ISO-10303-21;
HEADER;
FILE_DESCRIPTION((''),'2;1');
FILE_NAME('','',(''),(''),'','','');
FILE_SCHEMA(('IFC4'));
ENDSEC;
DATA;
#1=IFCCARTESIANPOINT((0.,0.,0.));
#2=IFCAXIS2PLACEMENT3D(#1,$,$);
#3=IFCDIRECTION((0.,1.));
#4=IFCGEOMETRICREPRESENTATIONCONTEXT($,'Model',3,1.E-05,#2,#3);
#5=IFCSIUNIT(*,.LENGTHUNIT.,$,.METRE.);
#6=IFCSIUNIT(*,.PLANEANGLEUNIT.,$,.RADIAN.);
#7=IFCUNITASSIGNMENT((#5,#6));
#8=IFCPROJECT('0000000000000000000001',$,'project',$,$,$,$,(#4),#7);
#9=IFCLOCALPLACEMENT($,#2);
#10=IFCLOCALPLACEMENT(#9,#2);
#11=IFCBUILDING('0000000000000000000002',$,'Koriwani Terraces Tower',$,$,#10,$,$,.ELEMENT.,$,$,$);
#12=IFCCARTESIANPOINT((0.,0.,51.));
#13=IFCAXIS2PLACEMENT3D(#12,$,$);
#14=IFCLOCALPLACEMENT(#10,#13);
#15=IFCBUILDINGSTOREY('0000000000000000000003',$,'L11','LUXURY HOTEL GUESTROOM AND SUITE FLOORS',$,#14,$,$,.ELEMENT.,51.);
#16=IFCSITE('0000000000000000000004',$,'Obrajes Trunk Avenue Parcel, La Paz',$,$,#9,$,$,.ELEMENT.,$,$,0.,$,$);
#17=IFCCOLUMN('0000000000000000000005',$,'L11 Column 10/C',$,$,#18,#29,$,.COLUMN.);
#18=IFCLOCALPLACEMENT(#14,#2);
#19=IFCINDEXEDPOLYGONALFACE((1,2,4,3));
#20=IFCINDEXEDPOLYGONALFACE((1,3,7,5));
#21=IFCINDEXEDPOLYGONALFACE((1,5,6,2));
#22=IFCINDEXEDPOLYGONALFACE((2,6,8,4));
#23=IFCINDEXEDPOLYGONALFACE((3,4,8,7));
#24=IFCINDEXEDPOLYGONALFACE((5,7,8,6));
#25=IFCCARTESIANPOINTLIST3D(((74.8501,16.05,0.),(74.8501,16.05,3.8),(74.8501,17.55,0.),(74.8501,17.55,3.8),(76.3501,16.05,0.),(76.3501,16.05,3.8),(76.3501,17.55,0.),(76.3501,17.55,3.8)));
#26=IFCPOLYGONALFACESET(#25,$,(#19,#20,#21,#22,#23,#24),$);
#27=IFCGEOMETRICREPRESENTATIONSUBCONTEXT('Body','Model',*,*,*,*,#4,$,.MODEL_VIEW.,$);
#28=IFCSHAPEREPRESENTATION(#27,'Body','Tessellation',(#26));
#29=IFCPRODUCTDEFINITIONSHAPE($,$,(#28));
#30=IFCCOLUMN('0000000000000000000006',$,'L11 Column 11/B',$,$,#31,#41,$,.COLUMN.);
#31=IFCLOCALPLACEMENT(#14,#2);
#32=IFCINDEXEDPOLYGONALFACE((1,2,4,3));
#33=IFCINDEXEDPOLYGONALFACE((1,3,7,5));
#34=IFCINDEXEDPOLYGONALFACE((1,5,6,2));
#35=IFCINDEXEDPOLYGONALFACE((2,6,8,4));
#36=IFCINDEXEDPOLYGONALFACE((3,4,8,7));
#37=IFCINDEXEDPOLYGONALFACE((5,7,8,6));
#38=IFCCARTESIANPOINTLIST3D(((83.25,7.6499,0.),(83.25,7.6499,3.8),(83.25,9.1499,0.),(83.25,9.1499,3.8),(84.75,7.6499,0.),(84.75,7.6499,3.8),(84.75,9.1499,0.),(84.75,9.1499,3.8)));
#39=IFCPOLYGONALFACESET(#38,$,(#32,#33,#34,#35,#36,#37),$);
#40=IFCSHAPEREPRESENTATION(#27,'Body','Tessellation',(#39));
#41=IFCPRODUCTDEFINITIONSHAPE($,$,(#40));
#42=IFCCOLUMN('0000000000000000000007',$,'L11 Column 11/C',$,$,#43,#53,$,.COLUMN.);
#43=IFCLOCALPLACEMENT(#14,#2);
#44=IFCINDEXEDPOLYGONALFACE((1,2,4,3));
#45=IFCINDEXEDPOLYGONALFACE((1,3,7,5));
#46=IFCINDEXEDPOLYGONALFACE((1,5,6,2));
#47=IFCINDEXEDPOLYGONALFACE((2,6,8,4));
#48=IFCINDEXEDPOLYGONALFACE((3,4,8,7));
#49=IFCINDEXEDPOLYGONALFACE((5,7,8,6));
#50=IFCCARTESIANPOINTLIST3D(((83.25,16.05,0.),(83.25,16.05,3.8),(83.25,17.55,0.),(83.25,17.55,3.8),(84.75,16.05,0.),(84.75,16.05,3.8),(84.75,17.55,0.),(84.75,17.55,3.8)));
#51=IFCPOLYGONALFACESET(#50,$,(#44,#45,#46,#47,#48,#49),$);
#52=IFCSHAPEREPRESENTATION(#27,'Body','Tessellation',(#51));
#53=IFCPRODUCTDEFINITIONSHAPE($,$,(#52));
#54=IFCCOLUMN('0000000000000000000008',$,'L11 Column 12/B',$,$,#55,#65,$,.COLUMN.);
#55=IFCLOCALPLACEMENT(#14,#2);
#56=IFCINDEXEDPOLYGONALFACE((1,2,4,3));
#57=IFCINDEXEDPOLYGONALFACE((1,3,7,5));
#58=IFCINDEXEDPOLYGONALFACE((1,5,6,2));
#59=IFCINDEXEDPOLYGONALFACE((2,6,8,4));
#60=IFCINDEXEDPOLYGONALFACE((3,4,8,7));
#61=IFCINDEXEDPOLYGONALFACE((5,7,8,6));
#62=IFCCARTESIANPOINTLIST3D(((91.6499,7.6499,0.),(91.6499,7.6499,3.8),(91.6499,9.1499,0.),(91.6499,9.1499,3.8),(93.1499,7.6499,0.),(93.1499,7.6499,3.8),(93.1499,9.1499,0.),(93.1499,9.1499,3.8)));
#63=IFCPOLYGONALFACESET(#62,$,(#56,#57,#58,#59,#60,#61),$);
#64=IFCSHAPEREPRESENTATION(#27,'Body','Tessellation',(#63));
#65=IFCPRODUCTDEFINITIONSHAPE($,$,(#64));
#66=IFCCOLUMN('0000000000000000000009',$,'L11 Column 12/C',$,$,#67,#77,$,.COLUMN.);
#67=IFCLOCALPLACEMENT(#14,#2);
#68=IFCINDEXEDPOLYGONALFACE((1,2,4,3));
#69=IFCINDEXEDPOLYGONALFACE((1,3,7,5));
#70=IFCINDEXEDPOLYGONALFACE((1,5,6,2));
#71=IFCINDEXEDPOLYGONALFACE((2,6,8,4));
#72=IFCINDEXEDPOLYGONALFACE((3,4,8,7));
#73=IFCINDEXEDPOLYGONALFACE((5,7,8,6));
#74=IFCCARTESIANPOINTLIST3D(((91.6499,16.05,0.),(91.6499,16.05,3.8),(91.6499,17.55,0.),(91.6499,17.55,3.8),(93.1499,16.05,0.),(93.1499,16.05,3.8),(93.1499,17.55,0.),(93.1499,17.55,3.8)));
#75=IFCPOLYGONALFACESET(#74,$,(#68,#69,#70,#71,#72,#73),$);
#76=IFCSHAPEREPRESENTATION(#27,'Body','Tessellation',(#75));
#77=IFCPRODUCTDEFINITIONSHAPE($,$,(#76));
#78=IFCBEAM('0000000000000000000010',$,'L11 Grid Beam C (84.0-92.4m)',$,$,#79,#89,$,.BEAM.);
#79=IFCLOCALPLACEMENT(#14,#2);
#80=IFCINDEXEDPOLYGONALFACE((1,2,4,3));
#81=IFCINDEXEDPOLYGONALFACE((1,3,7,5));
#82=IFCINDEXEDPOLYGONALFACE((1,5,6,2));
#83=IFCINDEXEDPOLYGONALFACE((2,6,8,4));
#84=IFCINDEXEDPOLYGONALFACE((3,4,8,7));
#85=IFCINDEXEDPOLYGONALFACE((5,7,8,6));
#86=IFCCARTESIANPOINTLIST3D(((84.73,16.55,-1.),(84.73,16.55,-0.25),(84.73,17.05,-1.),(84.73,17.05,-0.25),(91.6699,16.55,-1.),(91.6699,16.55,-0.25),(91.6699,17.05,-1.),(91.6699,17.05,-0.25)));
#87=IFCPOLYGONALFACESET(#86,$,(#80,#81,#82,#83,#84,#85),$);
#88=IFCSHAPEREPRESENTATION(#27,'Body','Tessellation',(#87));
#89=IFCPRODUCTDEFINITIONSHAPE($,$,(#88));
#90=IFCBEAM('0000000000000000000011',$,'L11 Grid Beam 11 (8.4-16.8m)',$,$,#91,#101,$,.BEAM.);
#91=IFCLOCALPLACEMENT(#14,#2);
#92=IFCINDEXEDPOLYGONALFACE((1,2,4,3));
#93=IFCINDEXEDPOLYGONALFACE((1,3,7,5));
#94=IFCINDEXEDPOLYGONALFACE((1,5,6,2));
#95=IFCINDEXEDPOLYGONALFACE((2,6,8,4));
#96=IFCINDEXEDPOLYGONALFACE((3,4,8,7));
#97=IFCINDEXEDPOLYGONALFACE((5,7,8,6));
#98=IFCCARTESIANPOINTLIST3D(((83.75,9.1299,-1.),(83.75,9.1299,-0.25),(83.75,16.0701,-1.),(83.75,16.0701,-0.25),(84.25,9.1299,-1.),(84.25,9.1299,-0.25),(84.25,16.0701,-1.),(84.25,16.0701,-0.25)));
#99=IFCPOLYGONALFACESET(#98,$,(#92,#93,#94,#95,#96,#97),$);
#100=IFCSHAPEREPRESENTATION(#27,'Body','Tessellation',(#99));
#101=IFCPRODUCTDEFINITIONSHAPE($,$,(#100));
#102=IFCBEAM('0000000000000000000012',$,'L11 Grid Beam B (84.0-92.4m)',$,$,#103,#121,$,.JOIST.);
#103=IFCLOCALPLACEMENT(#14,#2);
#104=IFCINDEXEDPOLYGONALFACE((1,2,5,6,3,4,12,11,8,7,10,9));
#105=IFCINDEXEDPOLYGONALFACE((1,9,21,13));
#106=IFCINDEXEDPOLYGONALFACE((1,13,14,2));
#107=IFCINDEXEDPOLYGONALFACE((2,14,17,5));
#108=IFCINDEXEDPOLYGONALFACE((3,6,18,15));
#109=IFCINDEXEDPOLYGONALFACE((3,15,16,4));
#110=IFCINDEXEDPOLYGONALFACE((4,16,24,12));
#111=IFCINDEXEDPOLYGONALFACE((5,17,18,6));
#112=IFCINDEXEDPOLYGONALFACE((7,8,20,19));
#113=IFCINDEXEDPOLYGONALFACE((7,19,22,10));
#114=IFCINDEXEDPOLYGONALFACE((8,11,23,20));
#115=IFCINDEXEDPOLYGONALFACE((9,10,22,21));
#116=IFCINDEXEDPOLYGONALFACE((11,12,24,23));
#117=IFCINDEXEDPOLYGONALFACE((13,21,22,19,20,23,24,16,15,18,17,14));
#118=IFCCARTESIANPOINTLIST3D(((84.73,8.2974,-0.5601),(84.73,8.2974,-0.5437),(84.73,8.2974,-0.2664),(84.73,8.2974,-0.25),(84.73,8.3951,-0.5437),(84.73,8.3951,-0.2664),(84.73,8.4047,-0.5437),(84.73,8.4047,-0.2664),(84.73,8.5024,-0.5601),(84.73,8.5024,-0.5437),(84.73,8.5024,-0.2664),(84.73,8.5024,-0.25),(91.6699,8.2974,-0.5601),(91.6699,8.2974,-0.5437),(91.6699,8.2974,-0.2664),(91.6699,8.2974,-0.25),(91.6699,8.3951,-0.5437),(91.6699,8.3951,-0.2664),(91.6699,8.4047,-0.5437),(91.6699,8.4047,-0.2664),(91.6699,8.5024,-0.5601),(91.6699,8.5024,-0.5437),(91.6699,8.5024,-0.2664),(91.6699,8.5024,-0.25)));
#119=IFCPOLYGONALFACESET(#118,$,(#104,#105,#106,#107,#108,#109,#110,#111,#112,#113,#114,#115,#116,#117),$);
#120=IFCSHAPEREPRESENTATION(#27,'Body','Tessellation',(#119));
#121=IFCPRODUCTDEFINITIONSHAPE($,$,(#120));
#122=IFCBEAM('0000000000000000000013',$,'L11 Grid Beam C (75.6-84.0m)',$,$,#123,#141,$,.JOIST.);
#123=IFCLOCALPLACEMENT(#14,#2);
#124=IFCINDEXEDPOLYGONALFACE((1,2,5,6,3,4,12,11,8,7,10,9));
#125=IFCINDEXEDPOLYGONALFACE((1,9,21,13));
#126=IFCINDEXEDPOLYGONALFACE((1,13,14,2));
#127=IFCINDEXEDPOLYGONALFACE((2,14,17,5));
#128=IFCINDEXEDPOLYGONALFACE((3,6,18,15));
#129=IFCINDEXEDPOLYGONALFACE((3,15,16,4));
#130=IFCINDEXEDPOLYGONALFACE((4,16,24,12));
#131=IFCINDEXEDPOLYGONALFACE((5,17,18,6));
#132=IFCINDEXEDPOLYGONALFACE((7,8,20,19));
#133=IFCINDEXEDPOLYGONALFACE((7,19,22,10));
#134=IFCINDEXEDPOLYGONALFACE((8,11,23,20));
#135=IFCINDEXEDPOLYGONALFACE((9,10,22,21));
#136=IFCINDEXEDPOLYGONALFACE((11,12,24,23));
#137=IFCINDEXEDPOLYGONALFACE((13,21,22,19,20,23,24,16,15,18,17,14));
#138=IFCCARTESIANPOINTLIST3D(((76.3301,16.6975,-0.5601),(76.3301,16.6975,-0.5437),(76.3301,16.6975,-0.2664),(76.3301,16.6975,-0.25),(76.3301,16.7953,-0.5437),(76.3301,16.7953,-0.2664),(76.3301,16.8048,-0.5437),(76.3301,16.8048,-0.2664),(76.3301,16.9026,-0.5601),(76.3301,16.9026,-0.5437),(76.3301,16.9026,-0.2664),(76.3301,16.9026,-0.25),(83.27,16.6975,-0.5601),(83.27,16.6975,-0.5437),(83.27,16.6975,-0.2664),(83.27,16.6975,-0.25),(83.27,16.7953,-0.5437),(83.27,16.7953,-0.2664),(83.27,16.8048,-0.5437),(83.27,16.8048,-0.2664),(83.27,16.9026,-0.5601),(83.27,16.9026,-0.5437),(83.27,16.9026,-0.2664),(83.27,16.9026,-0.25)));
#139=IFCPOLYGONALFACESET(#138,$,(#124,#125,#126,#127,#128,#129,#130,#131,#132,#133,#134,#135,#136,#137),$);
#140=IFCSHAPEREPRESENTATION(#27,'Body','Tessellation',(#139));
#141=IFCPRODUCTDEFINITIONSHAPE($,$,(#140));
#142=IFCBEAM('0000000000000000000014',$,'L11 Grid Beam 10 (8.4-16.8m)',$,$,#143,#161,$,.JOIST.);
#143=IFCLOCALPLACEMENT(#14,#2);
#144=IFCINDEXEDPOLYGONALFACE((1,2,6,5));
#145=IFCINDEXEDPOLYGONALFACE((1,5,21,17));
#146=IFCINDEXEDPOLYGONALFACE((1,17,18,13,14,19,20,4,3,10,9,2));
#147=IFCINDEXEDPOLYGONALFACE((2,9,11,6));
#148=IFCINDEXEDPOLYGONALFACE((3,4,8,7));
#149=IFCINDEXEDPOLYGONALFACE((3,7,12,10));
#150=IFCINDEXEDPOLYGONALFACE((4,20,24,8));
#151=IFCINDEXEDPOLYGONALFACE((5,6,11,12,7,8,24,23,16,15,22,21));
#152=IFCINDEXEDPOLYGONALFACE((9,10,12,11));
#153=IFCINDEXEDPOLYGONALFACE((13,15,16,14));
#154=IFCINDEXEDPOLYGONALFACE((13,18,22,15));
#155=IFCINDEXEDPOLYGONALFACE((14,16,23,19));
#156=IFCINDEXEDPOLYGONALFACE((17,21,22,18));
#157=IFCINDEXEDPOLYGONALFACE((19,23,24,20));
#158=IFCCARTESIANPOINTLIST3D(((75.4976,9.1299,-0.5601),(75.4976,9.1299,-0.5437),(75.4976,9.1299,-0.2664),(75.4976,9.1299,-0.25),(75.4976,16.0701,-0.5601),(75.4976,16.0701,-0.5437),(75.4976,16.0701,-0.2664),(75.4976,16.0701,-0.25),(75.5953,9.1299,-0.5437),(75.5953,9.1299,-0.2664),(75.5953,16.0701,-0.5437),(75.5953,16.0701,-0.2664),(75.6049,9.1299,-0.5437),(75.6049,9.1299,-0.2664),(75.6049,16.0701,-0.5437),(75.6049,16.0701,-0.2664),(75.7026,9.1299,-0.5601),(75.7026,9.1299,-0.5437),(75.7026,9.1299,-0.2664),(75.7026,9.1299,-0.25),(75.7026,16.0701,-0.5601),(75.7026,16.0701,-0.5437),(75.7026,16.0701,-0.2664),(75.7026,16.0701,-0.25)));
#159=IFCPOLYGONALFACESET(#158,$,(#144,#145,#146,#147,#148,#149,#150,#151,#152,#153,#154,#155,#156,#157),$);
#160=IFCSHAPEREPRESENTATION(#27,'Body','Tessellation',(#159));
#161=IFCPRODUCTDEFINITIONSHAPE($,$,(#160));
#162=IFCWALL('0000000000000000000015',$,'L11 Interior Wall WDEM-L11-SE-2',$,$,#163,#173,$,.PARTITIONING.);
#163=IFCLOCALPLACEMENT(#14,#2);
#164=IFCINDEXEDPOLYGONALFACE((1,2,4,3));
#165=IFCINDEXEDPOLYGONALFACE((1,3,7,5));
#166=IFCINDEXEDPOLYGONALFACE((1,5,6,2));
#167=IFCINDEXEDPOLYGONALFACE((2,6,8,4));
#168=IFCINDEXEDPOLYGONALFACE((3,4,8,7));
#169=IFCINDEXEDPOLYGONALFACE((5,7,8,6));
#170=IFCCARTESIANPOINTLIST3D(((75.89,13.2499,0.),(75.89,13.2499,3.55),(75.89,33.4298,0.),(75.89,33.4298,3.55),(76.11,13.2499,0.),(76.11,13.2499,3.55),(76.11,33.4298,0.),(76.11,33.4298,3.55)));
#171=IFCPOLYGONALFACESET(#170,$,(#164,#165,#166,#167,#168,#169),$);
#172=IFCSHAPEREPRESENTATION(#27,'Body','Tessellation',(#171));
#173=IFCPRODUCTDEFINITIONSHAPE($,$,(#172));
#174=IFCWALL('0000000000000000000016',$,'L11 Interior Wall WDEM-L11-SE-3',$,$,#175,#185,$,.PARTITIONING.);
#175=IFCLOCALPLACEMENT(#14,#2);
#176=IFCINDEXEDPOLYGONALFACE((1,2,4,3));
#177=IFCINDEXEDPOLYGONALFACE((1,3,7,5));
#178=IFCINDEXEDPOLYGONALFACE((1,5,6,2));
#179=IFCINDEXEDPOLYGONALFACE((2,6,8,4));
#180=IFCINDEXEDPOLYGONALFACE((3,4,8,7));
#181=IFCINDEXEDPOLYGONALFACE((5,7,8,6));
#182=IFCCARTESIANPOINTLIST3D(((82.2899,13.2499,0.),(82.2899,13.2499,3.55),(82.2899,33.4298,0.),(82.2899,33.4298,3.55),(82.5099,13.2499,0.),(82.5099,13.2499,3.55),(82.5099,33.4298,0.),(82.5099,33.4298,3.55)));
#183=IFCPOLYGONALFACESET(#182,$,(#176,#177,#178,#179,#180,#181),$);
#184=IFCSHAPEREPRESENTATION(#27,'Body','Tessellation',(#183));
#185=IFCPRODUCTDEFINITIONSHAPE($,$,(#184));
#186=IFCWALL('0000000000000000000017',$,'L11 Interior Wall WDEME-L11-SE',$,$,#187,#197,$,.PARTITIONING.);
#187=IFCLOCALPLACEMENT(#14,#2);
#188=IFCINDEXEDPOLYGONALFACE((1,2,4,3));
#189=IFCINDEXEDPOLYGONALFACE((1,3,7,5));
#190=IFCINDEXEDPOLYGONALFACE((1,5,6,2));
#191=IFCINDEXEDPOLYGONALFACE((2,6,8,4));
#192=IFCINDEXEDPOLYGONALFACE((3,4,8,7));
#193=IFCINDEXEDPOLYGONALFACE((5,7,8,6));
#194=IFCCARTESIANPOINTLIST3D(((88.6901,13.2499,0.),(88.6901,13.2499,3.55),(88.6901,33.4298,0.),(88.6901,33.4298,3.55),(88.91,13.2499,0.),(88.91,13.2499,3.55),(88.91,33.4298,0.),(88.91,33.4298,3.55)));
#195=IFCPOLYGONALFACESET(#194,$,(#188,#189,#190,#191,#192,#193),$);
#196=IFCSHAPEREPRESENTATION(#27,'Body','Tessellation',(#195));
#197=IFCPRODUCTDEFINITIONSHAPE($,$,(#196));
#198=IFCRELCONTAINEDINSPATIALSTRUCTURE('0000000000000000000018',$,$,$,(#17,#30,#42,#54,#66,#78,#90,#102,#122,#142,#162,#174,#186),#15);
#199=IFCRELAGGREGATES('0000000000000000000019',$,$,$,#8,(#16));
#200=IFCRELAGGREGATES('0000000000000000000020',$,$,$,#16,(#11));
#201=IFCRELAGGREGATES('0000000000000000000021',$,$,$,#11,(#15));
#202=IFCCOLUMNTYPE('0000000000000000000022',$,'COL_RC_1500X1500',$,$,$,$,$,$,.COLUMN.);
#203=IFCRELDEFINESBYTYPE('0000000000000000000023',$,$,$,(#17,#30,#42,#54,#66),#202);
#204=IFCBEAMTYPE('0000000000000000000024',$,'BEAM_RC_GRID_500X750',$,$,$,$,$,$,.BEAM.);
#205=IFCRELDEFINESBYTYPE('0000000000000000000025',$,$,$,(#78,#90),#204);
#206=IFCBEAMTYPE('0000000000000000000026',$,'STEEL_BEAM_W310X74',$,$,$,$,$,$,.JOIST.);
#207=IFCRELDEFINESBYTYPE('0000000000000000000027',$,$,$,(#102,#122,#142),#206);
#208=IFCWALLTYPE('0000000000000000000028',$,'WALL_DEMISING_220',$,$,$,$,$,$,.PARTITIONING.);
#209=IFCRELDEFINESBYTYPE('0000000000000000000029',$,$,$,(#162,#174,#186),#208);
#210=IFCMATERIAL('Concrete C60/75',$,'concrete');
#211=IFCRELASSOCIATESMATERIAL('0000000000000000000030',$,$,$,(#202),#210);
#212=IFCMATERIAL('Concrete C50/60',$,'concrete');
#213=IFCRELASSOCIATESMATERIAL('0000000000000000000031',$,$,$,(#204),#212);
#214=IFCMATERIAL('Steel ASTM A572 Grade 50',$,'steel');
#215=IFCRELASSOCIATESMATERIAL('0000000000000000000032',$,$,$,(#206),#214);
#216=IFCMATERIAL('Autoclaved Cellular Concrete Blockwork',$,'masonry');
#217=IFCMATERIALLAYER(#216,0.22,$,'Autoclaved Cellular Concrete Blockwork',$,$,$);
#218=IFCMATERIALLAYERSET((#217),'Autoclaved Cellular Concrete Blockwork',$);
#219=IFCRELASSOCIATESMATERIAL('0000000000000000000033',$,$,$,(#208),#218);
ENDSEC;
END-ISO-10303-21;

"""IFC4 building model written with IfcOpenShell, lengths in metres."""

from ifc_helpers import new_model, si_unit, direction, frame, frame_2d, origin, origin_2d, place, context, subcontext, project, spatial, rectangle, i_section, extrude, material, layer, layer_set, material_profile, profile_set, type_object, element, save


model = new_model("IFC4")

# Units and contexts
model_context = context("Model", 3, precision=1e-05, world=origin(), true_north=direction((0.0, 1.0)))
body_context = subcontext(model_context, "Body", "Model", "MODEL_VIEW")
ifc_project = project(units=[si_unit("LENGTHUNIT", "METRE"), si_unit("PLANEANGLEUNIT", "RADIAN")], contexts=[model_context])

# Site, building, storey
site_placement = place(None, origin())
site = spatial("IfcSite", under=ifc_project, at=site_placement, Name="Obrajes Trunk Avenue Parcel, La Paz", CompositionType="ELEMENT", RefElevation=0.0)
building_placement = place(site_placement, origin())
building = spatial("IfcBuilding", under=site, at=building_placement, Name="Koriwani Terraces Tower", CompositionType="ELEMENT")
storey_placement = place(building_placement, frame((0.0, 0.0, 51.0)))
storey = spatial("IfcBuildingStorey", under=building, at=storey_placement, Name="L11", Description="LUXURY HOTEL GUESTROOM AND SUITE FLOORS", CompositionType="ELEMENT", Elevation=51.0)

# Columns
ifc_material_1 = material(Name="Concrete C60/75", Category="concrete")
ifc_material_profile_1 = material_profile(ifc_material_1, rectangle(XDim=1.5, YDim=1.5, at=origin_2d()), Name="Concrete C60/75", Category="LoadBearing")
ifc_profile_set_1 = profile_set([ifc_material_profile_1], Name="Concrete C60/75")
column_type = type_object("IfcColumnType", Name="COL_RC_1500X1500", PredefinedType="COLUMN", material=ifc_profile_set_1)
for number, where, z_axis, x_axis, name in (
    (1, (75.6001, 16.8, 0.0), (0.0, 0.0, 1.0), (1.0, 0.0, 0.0), "L11 Column 10/C"),
    (2, (84.0, 8.3999, 0.0), (0.0, 0.0, 1.0), (1.0, 0.0, 0.0), "L11 Column 11/B"),
    (3, (84.0, 16.8, 0.0), (0.0, 0.0, 1.0), (1.0, 0.0, 0.0), "L11 Column 11/C"),
    (4, (92.3999, 8.3999, 0.0), (0.0, 0.0, 1.0), (1.0, 0.0, 0.0), "L11 Column 12/B"),
    (5, (92.3999, 16.8, 0.0), (0.0, 0.0, 1.0), (1.0, 0.0, 0.0), "L11 Column 12/C"),
):
    element("IfcColumn", number, at=place(storey_placement, frame(where, z_axis=z_axis, x_axis=x_axis)), inside=storey, type_object=column_type, Name=name, PredefinedType="COLUMN", context=body_context, shape_type="SweptSolid", body=[
        extrude(rectangle(XDim=1.5, YDim=1.5, at=origin_2d()), origin(), (0.0, 0.0, 1.0), 3.8),
    ])

# Beams
ifc_material_2 = material(Name="Concrete C50/60", Category="concrete")
ifc_material_profile_2 = material_profile(ifc_material_2, rectangle(XDim=0.5, YDim=0.75, at=origin_2d()), Name="Concrete C50/60", Category="LoadBearing")
ifc_profile_set_2 = profile_set([ifc_material_profile_2], Name="Concrete C50/60")
beam_type_1 = type_object("IfcBeamType", Name="BEAM_RC_GRID_500X750", PredefinedType="BEAM", material=ifc_profile_set_2)
beam_1_placement = place(storey_placement, frame((84.73, 16.8, -0.625), z_axis=(1.0, 0.0, 0.0), x_axis=(0.0, 1.0, 0.0)))
element("IfcBeam", 6, at=beam_1_placement, inside=storey, type_object=beam_type_1, Name="L11 Grid Beam C (84.0-92.4m)", PredefinedType="BEAM", context=body_context, shape_type="SweptSolid", body=[
    extrude(rectangle(XDim=0.5, YDim=0.75, at=origin_2d()), origin(), (0.0, 0.0, 1.0), 6.9399),
])
beam_2_placement = place(storey_placement, frame((84.0, 9.1299, -0.625), z_axis=(0.0, 1.0, 0.0), x_axis=(-1.0, 0.0, 0.0)))
element("IfcBeam", 7, at=beam_2_placement, inside=storey, type_object=beam_type_1, Name="L11 Grid Beam 11 (8.4-16.8m)", PredefinedType="BEAM", context=body_context, shape_type="SweptSolid", body=[
    extrude(rectangle(XDim=0.5, YDim=0.75, at=origin_2d()), origin(), (0.0, 0.0, 1.0), 6.9402),
])
ifc_material_3 = material(Name="Steel ASTM A572 Grade 50", Category="steel")
ifc_material_profile_3 = material_profile(ifc_material_3, i_section(OverallWidth=0.2051, OverallDepth=0.3101, WebThickness=0.0095, FlangeThickness=0.0164, at=origin_2d()), Name="Steel ASTM A572 Grade 50", Category="LoadBearing")
ifc_profile_set_3 = profile_set([ifc_material_profile_3], Name="Steel ASTM A572 Grade 50")
beam_type_2 = type_object("IfcBeamType", Name="STEEL_BEAM_W310X74", PredefinedType="JOIST", material=ifc_profile_set_3)
for number, where, z_axis, x_axis, name in (
    (8, (84.73, 8.3999, -0.405), (1.0, 0.0, 0.0), (0.0, 1.0, 0.0), "L11 Grid Beam B (84.0-92.4m)"),
    (9, (76.3301, 16.8, -0.405), (1.0, 0.0, 0.0), (0.0, 1.0, 0.0), "L11 Grid Beam C (75.6-84.0m)"),
):
    element("IfcBeam", number, at=place(storey_placement, frame(where, z_axis=z_axis, x_axis=x_axis)), inside=storey, type_object=beam_type_2, Name=name, PredefinedType="JOIST", context=body_context, shape_type="SweptSolid", body=[
        extrude(i_section(OverallWidth=0.2051, OverallDepth=0.3101, WebThickness=0.0095, FlangeThickness=0.0164, at=origin_2d()), origin(), (0.0, 0.0, 1.0), 6.9399),
    ])
beam_3_placement = place(storey_placement, frame((75.6001, 9.1299, -0.405), z_axis=(0.0, 1.0, 0.0), x_axis=(-1.0, 0.0, 0.0)))
element("IfcBeam", 10, at=beam_3_placement, inside=storey, type_object=beam_type_2, Name="L11 Grid Beam 10 (8.4-16.8m)", PredefinedType="JOIST", context=body_context, shape_type="SweptSolid", body=[
    extrude(i_section(OverallWidth=0.2051, OverallDepth=0.3101, WebThickness=0.0095, FlangeThickness=0.0164, at=origin_2d()), origin(), (0.0, 0.0, 1.0), 6.9402),
])

# Walls
ifc_material_4 = material(Name="Autoclaved Cellular Concrete Blockwork", Category="masonry")
ifc_layer_1 = layer(ifc_material_4, 0.22, Name="Autoclaved Cellular Concrete Blockwork")
ifc_layer_set_1 = layer_set([ifc_layer_1], Name="Autoclaved Cellular Concrete Blockwork")
wall_type_1 = type_object("IfcWallType", Name="WALL_DEMISING_220", PredefinedType="PARTITIONING", material=ifc_layer_set_1)
for number, where, z_axis, x_axis, name in (
    (11, (76.0, 13.25, 0.0), (0.0, 0.0, 1.0), (0.0, 1.0, 0.0), "L11 Interior Wall WDEM-L11-SE-2"),
    (12, (82.3999, 13.25, 0.0), (0.0, 0.0, 1.0), (0.0, 1.0, 0.0), "L11 Interior Wall WDEM-L11-SE-3"),
    (13, (88.8, 13.25, 0.0), (0.0, 0.0, 1.0), (0.0, 1.0, 0.0), "L11 Interior Wall WDEME-L11-SE"),
):
    element("IfcWall", number, at=place(storey_placement, frame(where, z_axis=z_axis, x_axis=x_axis)), inside=storey, type_object=wall_type_1, Name=name, PredefinedType="PARTITIONING", context=body_context, shape_type="SweptSolid", body=[
        extrude(rectangle(XDim=20.1799, YDim=0.22, at=frame_2d((10.0898, 0.0))), origin(), (0.0, 0.0, 1.0), 3.55),
    ])

save(model, "model.ifc")
